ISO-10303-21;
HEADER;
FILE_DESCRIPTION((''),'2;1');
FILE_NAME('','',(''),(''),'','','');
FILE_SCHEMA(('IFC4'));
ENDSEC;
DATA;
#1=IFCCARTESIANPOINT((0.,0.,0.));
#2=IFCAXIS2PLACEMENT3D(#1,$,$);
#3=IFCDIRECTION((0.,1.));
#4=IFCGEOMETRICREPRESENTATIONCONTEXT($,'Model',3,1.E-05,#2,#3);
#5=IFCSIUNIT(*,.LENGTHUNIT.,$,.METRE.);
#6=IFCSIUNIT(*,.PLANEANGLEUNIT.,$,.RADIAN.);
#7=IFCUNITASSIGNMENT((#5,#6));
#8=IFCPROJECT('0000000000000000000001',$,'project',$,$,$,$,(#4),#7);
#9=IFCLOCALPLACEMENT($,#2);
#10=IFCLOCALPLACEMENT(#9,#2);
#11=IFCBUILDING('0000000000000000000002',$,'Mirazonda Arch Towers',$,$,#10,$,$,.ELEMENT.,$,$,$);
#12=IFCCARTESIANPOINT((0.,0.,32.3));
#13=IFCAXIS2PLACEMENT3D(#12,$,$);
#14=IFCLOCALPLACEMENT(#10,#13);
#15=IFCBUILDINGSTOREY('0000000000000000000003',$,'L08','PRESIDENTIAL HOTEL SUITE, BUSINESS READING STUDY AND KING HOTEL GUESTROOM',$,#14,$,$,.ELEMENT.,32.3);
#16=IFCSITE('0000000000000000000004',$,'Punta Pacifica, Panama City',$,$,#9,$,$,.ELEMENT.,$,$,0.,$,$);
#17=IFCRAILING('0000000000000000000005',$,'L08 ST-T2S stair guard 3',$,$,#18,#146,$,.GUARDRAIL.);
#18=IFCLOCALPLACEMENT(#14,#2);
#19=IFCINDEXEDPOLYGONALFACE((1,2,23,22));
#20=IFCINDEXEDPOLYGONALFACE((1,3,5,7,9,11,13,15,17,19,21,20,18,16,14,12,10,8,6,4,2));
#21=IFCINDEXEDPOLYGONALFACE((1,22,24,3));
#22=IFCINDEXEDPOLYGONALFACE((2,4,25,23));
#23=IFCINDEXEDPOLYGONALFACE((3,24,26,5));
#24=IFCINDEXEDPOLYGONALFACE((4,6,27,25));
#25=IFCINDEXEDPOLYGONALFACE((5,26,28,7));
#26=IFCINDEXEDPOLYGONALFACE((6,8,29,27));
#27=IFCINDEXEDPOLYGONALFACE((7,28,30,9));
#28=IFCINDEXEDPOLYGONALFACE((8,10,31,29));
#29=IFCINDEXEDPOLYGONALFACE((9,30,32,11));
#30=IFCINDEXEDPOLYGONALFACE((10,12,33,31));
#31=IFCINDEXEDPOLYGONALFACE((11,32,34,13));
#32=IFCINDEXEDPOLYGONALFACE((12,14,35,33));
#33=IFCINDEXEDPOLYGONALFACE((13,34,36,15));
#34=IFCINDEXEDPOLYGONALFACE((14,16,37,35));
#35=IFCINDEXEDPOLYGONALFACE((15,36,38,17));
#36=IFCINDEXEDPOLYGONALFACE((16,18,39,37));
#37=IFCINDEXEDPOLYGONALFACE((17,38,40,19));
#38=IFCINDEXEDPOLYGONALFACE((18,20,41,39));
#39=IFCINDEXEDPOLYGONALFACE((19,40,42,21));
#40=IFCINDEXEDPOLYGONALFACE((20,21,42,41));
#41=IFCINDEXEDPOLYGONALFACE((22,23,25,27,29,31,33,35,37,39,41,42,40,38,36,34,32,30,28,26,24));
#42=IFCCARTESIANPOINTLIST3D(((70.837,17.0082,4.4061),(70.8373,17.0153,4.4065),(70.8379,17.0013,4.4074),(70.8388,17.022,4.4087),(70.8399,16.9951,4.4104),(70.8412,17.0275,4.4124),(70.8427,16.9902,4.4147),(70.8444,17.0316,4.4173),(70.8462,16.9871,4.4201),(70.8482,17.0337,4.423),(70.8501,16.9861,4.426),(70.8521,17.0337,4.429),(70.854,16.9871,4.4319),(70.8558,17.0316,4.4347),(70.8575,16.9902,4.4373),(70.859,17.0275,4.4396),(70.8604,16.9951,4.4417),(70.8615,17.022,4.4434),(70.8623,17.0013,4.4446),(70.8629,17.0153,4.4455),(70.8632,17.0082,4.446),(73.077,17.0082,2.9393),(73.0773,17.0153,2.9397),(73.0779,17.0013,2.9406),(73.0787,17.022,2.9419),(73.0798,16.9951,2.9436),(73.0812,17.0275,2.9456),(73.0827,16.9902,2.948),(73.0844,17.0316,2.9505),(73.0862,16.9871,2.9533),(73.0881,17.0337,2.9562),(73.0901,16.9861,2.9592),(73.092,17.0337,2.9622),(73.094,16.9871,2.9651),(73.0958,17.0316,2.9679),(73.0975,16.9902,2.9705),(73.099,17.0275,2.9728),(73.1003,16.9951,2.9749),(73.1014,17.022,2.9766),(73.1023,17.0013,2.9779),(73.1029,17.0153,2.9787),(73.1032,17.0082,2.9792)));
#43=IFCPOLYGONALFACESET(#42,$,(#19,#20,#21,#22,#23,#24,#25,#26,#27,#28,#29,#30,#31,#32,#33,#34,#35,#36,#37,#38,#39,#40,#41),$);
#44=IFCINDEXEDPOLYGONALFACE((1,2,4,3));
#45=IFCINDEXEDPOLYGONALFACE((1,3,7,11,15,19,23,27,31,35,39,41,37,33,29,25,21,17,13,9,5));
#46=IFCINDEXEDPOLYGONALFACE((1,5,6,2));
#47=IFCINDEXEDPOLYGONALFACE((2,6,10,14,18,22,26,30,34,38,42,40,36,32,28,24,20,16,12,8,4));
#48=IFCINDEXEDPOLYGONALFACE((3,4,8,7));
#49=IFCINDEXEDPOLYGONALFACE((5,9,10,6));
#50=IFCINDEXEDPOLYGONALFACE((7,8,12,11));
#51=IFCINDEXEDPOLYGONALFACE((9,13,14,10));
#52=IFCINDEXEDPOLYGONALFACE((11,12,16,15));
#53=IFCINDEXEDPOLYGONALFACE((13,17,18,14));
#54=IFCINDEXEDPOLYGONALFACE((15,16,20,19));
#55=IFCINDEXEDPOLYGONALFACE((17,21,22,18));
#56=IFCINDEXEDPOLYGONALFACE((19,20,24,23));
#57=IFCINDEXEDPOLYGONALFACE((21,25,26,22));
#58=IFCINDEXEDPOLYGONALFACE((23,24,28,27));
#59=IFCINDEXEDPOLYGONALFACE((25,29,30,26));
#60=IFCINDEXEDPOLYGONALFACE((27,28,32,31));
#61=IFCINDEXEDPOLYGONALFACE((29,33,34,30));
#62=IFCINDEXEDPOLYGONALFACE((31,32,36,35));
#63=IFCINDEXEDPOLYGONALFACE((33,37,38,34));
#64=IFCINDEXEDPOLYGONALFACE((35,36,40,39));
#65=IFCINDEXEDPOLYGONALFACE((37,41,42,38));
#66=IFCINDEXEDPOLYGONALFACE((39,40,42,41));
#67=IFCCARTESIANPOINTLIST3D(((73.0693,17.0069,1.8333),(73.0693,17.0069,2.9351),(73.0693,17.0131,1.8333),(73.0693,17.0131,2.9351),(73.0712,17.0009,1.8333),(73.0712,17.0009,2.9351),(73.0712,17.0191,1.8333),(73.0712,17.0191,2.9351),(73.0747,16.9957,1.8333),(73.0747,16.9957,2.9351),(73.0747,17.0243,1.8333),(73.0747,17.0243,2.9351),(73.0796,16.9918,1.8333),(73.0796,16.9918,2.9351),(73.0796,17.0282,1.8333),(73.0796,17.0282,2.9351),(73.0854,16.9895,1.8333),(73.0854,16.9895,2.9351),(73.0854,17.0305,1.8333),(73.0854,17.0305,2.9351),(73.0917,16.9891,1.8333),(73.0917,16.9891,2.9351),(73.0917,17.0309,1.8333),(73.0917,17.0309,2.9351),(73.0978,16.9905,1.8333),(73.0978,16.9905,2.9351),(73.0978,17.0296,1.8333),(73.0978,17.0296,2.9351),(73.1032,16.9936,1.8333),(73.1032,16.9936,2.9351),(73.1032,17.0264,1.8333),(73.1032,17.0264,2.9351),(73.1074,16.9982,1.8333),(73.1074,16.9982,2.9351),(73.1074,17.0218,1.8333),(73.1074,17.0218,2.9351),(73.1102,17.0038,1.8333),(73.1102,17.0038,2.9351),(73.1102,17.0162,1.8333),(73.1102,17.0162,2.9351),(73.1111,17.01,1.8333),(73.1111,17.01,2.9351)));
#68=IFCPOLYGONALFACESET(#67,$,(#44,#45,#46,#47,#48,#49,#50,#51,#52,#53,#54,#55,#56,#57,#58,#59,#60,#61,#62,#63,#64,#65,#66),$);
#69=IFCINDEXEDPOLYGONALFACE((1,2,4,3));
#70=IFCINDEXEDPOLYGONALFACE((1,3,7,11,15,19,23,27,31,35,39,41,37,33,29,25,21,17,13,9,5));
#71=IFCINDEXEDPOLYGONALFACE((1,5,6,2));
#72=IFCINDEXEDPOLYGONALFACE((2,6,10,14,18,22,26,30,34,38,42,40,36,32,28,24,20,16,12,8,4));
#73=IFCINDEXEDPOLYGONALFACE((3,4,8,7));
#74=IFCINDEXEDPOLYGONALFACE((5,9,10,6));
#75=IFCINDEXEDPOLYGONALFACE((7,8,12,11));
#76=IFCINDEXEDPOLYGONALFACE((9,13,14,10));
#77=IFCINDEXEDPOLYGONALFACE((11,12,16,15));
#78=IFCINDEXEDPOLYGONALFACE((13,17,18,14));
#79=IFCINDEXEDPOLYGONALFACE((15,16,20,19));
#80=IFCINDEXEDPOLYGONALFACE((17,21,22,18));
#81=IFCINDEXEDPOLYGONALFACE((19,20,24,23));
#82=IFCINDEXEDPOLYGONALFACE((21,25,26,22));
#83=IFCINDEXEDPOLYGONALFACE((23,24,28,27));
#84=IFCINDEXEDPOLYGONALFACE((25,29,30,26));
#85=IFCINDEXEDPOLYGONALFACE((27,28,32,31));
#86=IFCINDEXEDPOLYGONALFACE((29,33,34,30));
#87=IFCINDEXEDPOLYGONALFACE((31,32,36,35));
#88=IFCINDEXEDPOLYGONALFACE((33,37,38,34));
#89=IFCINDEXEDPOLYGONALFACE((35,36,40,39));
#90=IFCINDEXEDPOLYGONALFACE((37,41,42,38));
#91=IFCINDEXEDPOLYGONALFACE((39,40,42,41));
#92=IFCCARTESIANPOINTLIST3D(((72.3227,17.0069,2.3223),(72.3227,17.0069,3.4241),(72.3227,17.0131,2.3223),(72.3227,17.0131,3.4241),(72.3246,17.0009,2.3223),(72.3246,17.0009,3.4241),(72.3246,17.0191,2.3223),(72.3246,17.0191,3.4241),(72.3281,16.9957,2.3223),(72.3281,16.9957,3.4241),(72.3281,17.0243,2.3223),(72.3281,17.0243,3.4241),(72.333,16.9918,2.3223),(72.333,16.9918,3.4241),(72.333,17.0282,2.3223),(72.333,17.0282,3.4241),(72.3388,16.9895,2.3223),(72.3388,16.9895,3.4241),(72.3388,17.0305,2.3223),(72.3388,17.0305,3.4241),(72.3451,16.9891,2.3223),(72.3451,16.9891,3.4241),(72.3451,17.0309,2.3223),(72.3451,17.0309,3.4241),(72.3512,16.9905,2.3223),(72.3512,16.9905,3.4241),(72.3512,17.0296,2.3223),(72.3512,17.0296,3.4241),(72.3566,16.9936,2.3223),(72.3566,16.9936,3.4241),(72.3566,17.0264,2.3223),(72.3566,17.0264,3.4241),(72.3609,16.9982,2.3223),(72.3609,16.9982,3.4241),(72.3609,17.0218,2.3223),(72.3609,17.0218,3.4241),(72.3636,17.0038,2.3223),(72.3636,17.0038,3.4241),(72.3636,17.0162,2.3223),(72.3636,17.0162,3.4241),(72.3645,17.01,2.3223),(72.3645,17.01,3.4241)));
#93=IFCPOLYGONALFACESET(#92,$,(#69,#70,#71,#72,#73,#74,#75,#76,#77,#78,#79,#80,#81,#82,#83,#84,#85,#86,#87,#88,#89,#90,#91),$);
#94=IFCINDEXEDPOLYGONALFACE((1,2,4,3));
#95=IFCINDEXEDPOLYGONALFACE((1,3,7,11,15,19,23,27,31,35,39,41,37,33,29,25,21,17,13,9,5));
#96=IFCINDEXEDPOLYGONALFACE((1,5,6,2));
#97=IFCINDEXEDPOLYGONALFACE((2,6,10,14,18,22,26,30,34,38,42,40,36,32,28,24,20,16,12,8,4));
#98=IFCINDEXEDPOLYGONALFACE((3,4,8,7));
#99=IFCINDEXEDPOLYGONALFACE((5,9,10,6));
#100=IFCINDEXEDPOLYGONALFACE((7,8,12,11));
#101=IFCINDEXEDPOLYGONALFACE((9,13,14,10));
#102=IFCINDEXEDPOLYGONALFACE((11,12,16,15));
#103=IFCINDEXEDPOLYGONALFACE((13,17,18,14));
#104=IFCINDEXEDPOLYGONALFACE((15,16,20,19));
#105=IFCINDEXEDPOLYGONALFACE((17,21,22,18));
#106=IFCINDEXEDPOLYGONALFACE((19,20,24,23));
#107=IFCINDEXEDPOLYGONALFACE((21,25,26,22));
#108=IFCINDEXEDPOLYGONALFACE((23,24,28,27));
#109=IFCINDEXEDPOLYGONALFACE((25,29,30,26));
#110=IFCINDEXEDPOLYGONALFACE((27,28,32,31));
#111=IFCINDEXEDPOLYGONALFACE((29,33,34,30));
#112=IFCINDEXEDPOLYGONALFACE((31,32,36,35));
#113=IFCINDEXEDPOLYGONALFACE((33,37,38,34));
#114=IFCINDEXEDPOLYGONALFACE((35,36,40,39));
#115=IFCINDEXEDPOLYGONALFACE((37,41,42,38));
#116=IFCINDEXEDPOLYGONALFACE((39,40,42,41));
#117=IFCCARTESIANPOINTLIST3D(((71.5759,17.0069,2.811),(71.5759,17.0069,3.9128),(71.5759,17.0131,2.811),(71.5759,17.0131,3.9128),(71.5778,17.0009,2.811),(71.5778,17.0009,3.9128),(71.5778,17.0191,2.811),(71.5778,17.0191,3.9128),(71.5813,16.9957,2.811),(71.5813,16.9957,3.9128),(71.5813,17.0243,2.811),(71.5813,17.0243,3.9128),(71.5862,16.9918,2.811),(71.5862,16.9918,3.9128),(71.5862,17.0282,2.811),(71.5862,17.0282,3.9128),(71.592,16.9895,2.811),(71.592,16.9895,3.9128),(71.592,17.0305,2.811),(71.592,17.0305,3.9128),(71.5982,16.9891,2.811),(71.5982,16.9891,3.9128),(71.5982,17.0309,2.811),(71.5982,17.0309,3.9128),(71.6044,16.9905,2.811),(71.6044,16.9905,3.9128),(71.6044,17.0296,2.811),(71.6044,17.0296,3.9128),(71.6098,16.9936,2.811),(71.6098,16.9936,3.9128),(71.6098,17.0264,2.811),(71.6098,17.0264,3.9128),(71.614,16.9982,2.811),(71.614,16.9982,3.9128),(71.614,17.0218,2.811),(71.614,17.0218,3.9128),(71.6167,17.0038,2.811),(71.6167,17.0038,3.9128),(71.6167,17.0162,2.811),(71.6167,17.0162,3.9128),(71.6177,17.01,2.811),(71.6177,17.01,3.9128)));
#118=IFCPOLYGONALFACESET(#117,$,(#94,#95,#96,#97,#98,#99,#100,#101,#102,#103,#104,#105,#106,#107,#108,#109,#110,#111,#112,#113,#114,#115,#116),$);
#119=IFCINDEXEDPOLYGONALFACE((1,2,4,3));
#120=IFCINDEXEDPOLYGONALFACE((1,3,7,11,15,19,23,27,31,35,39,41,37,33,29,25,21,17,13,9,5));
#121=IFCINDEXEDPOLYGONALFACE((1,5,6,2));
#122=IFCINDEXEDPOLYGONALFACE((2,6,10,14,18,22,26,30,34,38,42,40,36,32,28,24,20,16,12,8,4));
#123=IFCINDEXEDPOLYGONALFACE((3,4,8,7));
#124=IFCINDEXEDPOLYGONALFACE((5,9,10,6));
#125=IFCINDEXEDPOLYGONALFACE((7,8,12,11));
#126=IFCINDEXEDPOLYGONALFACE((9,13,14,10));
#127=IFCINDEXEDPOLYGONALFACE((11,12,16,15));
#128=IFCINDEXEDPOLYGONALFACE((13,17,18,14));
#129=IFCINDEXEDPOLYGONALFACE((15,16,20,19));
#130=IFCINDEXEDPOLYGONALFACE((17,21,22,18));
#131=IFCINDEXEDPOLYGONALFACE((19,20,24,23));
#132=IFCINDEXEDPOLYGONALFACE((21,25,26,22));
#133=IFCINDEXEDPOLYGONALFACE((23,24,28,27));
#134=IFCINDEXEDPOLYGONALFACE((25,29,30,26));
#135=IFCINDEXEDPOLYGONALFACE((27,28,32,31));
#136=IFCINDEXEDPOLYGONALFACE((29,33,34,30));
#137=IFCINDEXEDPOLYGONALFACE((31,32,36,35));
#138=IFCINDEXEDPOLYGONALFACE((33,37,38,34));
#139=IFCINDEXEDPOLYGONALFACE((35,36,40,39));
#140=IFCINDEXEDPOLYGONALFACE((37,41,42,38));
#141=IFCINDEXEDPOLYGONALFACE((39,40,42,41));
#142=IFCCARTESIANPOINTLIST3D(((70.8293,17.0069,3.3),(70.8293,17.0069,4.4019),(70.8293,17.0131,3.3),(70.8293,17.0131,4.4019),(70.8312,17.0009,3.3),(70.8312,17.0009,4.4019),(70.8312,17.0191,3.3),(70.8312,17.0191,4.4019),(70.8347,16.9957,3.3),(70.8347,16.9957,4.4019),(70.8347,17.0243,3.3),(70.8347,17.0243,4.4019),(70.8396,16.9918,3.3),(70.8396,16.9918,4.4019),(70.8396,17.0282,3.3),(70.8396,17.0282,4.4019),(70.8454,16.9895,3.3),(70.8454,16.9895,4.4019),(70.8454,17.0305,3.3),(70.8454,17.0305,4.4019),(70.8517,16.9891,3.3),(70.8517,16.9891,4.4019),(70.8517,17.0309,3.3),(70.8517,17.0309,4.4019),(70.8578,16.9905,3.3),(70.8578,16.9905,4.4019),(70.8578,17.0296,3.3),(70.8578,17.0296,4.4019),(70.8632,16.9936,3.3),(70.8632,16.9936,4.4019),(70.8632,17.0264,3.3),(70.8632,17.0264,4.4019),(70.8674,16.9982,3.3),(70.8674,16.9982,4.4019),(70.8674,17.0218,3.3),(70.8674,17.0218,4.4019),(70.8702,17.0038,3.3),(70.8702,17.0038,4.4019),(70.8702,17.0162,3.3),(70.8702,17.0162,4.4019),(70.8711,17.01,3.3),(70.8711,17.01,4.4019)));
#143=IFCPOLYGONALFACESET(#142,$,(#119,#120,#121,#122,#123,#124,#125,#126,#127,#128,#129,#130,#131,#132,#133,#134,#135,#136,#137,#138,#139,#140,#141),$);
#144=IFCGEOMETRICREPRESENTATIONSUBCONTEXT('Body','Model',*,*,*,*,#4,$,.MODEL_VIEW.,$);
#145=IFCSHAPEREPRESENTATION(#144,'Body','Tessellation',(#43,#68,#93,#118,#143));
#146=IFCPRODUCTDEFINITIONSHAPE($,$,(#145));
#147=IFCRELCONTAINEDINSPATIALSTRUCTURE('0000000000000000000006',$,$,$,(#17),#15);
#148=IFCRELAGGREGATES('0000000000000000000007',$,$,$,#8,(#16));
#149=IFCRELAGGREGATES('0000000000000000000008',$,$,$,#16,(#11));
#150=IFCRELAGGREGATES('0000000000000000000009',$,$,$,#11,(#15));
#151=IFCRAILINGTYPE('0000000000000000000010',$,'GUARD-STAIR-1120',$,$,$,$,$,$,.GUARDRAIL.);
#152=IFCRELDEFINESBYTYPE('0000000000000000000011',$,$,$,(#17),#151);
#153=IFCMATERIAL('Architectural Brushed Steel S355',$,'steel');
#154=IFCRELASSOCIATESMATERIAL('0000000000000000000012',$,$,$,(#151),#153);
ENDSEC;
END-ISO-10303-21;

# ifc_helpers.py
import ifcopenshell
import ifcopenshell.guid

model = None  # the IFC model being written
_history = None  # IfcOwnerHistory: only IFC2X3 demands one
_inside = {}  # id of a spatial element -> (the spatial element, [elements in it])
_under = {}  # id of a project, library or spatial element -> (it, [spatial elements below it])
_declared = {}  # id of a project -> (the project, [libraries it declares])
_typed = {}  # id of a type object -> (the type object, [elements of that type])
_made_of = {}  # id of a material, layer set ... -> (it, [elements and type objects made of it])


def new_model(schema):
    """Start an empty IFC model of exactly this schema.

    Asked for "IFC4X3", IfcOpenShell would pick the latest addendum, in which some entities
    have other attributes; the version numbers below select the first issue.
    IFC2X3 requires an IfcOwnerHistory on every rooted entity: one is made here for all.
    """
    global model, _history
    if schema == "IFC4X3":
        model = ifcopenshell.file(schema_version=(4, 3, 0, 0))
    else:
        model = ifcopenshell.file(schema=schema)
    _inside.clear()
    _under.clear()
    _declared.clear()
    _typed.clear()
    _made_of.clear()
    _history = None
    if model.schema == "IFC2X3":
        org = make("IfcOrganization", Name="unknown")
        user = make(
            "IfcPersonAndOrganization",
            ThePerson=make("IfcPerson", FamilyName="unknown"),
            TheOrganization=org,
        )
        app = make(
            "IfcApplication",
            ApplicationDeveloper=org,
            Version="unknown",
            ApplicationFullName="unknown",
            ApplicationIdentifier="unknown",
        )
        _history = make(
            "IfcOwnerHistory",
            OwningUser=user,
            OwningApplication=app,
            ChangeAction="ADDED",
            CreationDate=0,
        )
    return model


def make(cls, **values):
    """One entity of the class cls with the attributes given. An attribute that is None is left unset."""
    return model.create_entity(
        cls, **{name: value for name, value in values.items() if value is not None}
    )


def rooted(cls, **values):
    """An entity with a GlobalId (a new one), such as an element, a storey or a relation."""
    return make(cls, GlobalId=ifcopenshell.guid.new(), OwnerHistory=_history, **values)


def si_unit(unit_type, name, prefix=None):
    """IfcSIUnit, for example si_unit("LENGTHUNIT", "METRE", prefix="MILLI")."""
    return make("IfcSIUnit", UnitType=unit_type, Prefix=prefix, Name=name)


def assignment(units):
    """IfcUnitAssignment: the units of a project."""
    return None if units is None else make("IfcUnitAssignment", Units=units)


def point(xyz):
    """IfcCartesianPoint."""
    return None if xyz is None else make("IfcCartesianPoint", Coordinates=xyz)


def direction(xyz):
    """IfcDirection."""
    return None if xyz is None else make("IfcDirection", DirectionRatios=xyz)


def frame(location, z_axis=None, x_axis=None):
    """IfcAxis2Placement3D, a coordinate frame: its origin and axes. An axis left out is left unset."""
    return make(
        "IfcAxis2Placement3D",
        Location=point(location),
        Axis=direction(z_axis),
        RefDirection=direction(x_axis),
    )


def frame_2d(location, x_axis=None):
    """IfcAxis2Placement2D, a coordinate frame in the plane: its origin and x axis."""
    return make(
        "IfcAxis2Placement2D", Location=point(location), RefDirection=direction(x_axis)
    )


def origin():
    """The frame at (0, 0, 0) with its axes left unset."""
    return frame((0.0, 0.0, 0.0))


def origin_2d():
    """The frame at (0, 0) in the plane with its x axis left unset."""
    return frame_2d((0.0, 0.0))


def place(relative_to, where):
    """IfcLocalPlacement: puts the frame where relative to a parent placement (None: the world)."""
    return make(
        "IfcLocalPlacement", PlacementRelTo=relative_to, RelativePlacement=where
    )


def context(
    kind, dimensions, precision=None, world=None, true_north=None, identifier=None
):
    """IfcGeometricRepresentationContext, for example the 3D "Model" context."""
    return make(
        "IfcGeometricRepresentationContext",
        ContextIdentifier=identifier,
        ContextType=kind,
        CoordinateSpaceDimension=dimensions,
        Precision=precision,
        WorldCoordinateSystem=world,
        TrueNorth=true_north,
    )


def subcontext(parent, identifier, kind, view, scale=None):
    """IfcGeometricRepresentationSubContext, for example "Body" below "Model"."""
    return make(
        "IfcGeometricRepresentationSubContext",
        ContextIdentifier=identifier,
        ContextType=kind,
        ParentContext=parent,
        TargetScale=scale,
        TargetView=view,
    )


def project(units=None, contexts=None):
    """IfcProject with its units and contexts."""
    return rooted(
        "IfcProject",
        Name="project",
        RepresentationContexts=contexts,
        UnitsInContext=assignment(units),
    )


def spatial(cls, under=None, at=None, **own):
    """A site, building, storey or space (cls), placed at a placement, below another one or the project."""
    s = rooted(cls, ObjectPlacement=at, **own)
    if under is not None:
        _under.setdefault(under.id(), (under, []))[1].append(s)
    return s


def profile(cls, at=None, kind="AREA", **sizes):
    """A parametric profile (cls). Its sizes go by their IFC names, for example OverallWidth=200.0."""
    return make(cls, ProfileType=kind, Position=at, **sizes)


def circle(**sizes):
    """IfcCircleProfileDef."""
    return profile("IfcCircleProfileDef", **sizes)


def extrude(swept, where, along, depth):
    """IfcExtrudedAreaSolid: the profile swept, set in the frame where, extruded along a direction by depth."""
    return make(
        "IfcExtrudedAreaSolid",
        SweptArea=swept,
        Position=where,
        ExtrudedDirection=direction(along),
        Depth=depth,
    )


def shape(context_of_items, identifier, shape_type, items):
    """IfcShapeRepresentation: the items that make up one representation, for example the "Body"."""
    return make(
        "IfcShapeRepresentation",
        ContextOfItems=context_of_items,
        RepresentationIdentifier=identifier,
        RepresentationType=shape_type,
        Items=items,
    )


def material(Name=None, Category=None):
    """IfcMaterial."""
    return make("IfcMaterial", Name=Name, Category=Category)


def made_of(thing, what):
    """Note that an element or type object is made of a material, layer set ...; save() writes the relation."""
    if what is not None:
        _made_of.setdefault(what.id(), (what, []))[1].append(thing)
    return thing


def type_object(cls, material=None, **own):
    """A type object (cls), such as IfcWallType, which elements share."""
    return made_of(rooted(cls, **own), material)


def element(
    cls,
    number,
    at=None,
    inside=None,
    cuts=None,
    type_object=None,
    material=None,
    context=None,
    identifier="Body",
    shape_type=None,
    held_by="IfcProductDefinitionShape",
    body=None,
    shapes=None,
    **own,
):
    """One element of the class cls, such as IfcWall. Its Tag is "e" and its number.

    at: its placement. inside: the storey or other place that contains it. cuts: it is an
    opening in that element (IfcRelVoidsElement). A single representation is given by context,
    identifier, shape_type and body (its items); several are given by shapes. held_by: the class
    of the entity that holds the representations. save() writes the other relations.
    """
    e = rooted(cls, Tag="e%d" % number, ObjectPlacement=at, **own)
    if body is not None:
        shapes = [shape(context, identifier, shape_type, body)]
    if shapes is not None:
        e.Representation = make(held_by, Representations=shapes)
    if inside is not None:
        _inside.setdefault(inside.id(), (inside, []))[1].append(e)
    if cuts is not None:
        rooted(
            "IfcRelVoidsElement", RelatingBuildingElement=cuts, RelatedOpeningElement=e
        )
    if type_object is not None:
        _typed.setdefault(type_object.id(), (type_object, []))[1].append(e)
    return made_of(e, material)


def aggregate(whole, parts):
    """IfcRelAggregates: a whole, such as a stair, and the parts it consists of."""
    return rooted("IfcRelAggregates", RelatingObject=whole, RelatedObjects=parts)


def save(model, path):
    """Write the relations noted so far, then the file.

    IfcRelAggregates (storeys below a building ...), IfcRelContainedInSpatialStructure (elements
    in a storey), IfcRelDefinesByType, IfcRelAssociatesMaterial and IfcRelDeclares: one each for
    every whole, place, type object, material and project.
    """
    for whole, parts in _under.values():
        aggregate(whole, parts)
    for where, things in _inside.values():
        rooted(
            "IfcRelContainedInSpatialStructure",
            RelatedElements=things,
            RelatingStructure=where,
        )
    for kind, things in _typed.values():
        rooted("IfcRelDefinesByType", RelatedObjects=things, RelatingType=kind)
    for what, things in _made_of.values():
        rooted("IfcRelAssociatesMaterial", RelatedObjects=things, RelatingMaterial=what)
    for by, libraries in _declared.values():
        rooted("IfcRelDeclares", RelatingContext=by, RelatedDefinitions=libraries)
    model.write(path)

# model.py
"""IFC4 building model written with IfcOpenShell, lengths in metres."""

from ifc_helpers import new_model, si_unit, direction, frame, origin, origin_2d, place, context, subcontext, project, spatial, circle, extrude, material, type_object, element, save


model = new_model("IFC4")

# Units and contexts
model_context = context("Model", 3, precision=1e-05, world=origin(), true_north=direction((0.0, 1.0)))
body_context = subcontext(model_context, "Body", "Model", "MODEL_VIEW")
ifc_project = project(units=[si_unit("LENGTHUNIT", "METRE"), si_unit("PLANEANGLEUNIT", "RADIAN")], contexts=[model_context])

# Site, building, storey
site_placement = place(None, origin())
site = spatial("IfcSite", under=ifc_project, at=site_placement, Name="Punta Pacifica, Panama City", CompositionType="ELEMENT", RefElevation=0.0)
building_placement = place(site_placement, origin())
building = spatial("IfcBuilding", under=site, at=building_placement, Name="Mirazonda Arch Towers", CompositionType="ELEMENT")
storey_placement = place(building_placement, frame((0.0, 0.0, 32.3)))
storey = spatial("IfcBuildingStorey", under=building, at=storey_placement, Name="L08", Description="PRESIDENTIAL HOTEL SUITE, BUSINESS READING STUDY AND KING HOTEL GUESTROOM", CompositionType="ELEMENT", Elevation=32.3)

# Railing
ifc_material_1 = material(Name="Architectural Brushed Steel S355", Category="steel")
railing_type_1 = type_object("IfcRailingType", Name="GUARD-STAIR-1120", PredefinedType="GUARDRAIL", material=ifc_material_1)
railing_1_placement = place(storey_placement, frame((73.0901, 17.01, 1.8333)))
element("IfcRailing", 1, at=railing_1_placement, inside=storey, type_object=railing_type_1, Name="L08 ST-T2S stair guard 3", PredefinedType="GUARDRAIL", context=body_context, shape_type="SweptSolid", body=[
    extrude(circle(Radius=0.0239, at=origin_2d()), frame((0.0, 0.0, 1.126), z_axis=(-0.836595, 0.0, 0.547822), x_axis=(0.0, -1.0, 0.0)), (0.0, 0.0, 1.0), 2.6775),
    extrude(circle(Radius=0.021, at=origin_2d()), origin(), (0.0, 0.0, 1.0), 1.1018),
    extrude(circle(Radius=0.021, at=origin_2d()), frame((-0.7466, 0.0, 0.489)), (0.0, 0.0, 1.0), 1.1018),
    extrude(circle(Radius=0.021, at=origin_2d()), frame((-1.4934, 0.0, 0.9778)), (0.0, 0.0, 1.0), 1.1018),
    extrude(circle(Radius=0.021, at=origin_2d()), frame((-2.24, 0.0, 1.4668)), (0.0, 0.0, 1.0), 1.1018),
])

save(model, "model.ifc")
